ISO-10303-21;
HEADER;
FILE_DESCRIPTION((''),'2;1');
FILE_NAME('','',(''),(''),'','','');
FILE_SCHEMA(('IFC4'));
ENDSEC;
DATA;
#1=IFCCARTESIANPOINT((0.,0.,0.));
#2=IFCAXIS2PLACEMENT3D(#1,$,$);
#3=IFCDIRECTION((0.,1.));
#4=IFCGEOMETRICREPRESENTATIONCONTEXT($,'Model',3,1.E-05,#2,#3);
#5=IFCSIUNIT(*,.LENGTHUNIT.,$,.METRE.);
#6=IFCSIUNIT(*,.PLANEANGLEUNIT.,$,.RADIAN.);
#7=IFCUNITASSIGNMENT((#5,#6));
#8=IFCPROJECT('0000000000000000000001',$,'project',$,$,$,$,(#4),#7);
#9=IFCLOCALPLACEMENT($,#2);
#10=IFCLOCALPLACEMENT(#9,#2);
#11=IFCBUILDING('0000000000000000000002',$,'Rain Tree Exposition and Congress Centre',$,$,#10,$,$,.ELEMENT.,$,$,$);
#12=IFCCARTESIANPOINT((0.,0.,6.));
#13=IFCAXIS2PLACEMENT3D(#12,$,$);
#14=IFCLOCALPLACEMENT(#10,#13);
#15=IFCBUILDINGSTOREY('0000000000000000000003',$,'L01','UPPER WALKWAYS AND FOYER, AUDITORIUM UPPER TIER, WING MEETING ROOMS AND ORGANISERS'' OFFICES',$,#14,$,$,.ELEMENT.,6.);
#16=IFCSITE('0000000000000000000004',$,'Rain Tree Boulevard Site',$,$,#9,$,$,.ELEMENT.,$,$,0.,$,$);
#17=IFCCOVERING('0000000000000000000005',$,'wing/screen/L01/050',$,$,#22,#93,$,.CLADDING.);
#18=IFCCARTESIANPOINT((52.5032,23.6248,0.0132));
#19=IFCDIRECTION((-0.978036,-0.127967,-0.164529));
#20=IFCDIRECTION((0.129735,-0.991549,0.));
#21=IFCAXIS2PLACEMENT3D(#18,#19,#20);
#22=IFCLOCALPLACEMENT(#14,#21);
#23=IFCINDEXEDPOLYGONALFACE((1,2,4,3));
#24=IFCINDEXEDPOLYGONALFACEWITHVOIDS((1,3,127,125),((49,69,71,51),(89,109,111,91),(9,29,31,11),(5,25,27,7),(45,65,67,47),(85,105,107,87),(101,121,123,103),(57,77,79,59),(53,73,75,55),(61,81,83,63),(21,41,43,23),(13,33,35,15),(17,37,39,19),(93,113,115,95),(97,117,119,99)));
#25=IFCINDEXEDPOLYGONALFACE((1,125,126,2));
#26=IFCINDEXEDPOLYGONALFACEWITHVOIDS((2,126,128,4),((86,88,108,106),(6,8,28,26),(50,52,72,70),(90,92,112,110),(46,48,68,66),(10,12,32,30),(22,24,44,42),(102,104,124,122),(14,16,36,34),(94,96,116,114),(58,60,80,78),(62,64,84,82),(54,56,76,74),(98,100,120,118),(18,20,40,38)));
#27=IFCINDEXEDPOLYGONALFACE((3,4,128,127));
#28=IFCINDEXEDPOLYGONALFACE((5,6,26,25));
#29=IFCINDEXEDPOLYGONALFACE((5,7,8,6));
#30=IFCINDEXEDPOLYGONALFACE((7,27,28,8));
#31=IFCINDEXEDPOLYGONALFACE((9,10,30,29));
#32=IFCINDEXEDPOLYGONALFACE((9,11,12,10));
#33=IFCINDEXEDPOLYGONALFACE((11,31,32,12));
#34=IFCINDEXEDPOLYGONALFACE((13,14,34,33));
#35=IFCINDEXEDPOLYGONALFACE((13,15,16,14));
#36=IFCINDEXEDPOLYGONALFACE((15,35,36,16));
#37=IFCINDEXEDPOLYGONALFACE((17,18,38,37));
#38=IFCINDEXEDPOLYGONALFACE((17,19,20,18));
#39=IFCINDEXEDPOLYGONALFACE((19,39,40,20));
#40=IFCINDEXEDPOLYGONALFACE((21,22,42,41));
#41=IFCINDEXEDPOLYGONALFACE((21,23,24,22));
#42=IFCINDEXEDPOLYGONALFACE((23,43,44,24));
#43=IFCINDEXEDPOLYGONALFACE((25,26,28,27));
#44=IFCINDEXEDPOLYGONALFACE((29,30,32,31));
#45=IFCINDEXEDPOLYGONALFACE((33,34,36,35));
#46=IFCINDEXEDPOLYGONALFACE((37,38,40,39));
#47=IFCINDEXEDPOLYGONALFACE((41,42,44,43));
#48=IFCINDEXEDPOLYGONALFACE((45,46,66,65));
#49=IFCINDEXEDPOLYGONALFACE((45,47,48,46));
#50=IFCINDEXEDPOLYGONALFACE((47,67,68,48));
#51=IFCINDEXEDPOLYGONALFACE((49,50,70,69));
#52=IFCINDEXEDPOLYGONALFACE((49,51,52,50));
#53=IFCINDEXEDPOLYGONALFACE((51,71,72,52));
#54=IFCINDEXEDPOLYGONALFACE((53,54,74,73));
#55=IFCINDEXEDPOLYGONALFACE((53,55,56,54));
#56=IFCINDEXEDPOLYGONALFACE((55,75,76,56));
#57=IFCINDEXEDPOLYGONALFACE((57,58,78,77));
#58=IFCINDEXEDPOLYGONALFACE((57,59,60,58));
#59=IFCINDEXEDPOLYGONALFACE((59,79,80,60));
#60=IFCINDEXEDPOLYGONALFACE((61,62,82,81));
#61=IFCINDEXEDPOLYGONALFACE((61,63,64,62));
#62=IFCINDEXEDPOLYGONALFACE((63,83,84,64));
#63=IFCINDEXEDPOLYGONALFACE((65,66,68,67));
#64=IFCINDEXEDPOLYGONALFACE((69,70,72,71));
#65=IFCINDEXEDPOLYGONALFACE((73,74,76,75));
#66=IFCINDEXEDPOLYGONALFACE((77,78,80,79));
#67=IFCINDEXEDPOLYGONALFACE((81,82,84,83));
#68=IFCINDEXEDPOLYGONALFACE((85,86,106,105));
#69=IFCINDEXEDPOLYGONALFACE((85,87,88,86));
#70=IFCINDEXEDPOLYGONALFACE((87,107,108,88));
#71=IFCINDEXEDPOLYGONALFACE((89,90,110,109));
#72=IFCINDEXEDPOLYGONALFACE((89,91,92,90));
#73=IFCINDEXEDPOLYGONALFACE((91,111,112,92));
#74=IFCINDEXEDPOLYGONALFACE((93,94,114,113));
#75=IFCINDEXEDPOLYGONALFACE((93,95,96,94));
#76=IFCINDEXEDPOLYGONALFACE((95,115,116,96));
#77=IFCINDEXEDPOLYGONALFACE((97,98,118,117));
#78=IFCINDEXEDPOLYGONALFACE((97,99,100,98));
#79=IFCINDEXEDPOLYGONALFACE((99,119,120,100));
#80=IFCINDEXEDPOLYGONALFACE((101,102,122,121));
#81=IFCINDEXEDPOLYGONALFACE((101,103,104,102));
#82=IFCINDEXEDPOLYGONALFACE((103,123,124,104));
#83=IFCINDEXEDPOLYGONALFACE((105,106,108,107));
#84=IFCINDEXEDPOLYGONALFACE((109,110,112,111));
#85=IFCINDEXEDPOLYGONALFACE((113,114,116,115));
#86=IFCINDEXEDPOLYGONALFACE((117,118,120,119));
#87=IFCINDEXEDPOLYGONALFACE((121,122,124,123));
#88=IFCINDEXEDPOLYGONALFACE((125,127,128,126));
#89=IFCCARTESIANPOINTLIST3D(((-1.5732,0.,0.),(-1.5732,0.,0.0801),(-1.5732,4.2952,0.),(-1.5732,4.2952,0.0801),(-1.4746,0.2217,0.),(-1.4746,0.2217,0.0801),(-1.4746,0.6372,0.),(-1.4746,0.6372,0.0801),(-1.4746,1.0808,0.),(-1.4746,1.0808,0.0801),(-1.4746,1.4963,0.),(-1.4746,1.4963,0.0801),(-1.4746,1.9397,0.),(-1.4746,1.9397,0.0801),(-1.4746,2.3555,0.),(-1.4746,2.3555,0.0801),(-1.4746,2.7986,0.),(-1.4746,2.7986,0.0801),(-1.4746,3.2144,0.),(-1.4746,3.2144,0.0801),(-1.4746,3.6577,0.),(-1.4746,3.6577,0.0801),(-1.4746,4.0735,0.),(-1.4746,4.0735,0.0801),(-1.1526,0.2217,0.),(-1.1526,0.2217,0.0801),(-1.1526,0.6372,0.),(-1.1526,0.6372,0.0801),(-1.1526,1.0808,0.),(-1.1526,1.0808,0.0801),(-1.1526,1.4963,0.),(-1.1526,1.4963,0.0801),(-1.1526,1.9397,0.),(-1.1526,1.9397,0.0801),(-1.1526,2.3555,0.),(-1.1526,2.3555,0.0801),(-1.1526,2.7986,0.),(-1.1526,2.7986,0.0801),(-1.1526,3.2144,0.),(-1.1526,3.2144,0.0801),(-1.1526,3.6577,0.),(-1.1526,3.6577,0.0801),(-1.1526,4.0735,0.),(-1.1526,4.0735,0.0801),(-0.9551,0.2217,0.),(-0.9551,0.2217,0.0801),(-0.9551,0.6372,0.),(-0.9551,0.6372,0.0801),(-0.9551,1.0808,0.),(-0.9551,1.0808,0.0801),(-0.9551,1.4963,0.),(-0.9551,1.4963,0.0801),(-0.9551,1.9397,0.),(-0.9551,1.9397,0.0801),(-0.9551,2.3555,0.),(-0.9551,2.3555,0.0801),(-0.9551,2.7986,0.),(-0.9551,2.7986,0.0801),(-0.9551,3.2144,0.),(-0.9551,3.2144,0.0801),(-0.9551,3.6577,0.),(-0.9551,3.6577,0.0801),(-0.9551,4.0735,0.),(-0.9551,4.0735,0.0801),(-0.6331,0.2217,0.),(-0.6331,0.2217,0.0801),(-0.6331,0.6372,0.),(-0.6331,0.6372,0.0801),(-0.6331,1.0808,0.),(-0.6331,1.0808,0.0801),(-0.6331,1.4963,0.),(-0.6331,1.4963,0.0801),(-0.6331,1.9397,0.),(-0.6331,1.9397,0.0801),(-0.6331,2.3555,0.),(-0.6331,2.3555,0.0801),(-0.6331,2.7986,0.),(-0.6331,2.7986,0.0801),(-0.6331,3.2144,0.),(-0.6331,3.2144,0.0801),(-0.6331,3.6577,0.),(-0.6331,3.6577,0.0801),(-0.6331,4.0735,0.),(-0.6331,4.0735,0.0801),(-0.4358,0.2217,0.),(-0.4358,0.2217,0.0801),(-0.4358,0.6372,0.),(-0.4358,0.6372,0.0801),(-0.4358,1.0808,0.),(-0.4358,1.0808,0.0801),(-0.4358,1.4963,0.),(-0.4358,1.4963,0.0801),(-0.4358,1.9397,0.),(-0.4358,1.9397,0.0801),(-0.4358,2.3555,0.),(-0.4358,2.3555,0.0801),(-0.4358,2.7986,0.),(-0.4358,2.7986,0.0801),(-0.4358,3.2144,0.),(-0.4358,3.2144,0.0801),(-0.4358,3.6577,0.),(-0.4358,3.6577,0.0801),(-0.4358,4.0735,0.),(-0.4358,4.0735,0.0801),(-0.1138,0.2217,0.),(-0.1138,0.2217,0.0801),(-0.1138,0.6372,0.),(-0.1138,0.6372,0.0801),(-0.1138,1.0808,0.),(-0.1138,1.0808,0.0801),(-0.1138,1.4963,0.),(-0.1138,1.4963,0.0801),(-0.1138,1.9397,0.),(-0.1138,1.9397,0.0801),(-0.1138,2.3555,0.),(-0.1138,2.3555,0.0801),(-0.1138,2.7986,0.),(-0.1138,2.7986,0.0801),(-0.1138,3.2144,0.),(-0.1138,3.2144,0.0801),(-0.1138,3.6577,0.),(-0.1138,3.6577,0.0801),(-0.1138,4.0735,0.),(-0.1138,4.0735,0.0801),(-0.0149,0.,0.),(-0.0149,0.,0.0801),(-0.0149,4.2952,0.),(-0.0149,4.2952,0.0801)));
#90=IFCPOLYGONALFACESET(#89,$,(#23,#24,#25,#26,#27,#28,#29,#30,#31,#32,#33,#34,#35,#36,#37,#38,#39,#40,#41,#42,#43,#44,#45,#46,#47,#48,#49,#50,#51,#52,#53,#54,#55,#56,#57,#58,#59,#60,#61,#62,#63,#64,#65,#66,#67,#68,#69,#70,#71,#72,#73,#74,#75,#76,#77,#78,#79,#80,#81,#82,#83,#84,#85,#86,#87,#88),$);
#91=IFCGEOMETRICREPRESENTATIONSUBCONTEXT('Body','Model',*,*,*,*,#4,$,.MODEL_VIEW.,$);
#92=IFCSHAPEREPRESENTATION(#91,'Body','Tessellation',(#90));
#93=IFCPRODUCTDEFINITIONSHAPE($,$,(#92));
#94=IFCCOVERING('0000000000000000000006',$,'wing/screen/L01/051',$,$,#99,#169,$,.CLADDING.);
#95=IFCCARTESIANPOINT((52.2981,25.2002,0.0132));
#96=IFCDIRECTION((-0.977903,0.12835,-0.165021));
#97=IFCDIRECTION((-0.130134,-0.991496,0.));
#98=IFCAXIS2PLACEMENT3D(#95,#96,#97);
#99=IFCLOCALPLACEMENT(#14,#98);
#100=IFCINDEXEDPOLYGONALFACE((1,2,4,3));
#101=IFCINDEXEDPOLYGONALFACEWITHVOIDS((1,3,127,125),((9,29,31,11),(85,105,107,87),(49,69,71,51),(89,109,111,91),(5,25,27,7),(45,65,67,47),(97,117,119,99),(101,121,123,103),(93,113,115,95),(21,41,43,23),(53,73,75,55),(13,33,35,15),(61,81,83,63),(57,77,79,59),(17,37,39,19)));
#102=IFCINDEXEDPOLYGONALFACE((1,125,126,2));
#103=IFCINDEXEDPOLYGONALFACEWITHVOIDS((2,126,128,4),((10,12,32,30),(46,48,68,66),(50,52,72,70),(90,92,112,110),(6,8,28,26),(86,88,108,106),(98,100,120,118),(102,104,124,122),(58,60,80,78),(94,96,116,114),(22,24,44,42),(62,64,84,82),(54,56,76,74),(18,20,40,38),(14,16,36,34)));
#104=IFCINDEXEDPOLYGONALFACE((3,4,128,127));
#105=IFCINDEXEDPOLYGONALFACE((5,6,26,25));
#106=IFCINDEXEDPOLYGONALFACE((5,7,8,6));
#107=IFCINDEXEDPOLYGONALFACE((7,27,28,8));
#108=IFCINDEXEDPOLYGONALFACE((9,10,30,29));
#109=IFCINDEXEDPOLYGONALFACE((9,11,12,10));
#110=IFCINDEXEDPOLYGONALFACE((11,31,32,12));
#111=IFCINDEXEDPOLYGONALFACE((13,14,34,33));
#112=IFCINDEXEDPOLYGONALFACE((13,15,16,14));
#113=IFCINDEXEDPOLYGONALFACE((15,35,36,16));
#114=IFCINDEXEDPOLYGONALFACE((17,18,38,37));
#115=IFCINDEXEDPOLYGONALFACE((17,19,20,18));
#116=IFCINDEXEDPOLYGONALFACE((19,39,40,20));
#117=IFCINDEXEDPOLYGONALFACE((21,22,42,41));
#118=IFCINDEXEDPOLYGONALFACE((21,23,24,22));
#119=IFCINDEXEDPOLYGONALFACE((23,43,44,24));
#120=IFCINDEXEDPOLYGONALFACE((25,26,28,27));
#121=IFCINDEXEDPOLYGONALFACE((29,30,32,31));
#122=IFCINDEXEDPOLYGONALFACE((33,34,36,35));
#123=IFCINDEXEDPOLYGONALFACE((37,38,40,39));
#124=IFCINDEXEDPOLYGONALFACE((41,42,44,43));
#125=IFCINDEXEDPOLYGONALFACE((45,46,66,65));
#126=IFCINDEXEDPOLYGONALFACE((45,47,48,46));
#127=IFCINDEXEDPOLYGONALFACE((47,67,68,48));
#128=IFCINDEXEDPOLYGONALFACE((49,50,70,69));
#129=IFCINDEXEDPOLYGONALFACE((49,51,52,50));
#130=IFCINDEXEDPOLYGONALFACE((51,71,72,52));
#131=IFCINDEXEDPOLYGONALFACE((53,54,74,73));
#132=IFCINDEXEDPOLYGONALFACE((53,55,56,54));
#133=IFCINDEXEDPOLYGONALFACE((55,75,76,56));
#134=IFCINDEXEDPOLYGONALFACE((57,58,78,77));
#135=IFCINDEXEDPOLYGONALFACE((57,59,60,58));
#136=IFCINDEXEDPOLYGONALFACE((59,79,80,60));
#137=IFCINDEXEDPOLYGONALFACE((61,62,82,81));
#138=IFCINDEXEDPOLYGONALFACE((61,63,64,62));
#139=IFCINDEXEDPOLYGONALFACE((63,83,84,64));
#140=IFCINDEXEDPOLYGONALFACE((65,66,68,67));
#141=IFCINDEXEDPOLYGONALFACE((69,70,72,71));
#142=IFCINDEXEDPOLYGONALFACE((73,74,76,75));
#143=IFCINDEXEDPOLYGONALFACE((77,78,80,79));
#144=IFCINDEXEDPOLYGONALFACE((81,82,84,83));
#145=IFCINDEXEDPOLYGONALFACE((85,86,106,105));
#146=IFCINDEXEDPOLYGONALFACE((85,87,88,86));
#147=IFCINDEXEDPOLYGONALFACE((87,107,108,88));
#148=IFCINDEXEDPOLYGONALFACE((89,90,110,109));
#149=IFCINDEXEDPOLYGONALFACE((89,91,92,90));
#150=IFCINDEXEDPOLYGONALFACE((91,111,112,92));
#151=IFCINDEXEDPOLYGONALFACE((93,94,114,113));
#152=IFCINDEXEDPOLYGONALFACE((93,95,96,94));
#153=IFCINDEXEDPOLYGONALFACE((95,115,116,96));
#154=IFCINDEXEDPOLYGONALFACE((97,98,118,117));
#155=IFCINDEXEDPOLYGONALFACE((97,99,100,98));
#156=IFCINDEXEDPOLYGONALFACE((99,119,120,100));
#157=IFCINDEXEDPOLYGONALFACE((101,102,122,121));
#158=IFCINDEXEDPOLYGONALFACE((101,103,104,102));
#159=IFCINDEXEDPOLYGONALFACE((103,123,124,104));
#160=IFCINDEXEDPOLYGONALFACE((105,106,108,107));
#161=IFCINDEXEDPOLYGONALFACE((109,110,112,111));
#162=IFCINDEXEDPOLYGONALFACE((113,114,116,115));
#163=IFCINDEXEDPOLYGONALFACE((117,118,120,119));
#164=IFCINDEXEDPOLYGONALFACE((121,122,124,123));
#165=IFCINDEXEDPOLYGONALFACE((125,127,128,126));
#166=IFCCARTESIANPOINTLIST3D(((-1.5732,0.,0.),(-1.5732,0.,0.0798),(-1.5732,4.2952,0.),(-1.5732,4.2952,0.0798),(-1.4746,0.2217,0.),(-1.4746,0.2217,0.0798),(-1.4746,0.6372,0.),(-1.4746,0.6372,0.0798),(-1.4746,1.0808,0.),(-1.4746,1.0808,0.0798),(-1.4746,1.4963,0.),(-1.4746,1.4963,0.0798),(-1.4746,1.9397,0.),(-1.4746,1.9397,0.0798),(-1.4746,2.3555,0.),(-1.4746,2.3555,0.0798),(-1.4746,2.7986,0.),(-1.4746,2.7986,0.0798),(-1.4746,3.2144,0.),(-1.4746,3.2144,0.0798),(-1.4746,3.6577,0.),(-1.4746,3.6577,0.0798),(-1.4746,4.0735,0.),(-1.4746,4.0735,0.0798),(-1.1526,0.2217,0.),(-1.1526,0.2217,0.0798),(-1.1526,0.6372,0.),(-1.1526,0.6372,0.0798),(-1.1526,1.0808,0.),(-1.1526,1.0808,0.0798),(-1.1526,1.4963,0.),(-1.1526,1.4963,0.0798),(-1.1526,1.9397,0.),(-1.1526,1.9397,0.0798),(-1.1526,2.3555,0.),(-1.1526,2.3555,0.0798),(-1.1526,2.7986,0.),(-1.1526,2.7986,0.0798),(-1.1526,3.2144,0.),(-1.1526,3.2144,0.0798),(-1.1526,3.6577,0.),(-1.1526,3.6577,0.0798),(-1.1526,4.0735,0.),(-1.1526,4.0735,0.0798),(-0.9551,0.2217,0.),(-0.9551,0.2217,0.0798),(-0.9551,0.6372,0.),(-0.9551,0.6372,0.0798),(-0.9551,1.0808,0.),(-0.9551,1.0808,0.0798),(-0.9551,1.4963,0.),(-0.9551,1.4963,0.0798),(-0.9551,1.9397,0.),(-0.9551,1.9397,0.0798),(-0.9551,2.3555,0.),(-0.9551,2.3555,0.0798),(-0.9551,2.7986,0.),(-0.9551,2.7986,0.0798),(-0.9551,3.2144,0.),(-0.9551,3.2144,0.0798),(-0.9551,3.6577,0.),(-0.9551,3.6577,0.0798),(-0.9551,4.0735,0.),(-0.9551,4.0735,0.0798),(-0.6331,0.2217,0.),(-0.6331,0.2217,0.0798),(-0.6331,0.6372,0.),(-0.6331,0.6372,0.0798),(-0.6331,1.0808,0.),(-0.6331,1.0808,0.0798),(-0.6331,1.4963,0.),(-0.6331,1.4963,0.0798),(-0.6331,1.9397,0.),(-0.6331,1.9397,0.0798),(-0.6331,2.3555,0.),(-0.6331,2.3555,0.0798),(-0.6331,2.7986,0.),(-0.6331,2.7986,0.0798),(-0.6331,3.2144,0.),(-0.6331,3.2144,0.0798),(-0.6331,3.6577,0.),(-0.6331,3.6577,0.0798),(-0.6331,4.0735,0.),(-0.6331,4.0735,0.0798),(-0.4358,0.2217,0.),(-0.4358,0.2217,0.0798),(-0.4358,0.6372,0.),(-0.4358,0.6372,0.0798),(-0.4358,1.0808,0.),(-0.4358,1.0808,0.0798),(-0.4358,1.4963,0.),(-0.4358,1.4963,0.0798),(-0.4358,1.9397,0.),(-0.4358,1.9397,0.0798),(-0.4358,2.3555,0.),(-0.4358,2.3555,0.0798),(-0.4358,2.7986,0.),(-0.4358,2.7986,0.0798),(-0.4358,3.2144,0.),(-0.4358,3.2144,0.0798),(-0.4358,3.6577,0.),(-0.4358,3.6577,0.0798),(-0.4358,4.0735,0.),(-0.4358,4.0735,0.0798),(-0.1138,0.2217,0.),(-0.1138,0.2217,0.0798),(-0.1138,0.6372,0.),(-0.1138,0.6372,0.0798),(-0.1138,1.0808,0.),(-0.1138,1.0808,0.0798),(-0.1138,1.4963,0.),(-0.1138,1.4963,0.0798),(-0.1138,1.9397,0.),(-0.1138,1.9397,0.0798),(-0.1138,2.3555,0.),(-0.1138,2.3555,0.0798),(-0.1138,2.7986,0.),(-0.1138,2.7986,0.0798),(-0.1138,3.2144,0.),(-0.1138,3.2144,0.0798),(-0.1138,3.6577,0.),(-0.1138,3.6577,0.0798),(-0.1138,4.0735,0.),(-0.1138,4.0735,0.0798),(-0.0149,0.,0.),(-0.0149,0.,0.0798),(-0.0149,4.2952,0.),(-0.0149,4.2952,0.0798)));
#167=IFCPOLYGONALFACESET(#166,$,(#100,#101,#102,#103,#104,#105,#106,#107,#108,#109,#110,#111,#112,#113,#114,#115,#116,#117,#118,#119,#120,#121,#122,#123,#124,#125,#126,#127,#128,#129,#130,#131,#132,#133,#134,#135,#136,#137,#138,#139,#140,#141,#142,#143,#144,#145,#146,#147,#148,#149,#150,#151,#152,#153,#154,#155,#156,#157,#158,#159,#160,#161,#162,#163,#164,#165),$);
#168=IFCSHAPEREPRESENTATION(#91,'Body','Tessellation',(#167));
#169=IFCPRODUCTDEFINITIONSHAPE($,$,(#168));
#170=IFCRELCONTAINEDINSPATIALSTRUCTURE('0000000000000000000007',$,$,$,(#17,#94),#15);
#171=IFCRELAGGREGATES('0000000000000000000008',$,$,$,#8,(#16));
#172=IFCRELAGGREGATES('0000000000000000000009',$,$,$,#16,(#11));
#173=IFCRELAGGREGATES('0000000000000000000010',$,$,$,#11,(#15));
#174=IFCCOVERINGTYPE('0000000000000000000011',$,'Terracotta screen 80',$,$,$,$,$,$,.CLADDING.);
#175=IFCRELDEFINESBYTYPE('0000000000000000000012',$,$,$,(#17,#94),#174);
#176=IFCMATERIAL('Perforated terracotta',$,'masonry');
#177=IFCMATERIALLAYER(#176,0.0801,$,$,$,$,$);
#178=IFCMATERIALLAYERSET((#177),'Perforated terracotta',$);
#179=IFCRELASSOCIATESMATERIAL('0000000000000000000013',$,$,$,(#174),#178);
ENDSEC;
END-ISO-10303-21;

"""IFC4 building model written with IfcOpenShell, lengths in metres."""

from ifc_helpers import new_model, si_unit, direction, frame, origin, place, context, subcontext, project, spatial, polyline, outline, extrude, material, layer, layer_set, type_object, element, save


model = new_model("IFC4")

# Units and contexts
model_context = context("Model", 3, precision=1e-05, world=origin(), true_north=direction((0.0, 1.0)))
body_context = subcontext(model_context, "Body", "Model", "MODEL_VIEW")
ifc_project = project(units=[si_unit("LENGTHUNIT", "METRE"), si_unit("PLANEANGLEUNIT", "RADIAN")], contexts=[model_context])

# Site, building, storey
site_placement = place(None, origin())
site = spatial("IfcSite", under=ifc_project, at=site_placement, Name="Rain Tree Boulevard Site", CompositionType="ELEMENT", RefElevation=0.0)
building_placement = place(site_placement, origin())
building = spatial("IfcBuilding", under=site, at=building_placement, Name="Rain Tree Exposition and Congress Centre", CompositionType="ELEMENT")
storey_placement = place(building_placement, frame((0.0, 0.0, 6.0)))
storey = spatial("IfcBuildingStorey", under=building, at=storey_placement, Name="L01", Description="UPPER WALKWAYS AND FOYER, AUDITORIUM UPPER TIER, WING MEETING ROOMS AND ORGANISERS' OFFICES", CompositionType="ELEMENT", Elevation=6.0)

# Coverings
ifc_material_1 = material(Name="Perforated terracotta", Category="masonry")
ifc_layer = layer(ifc_material_1, 0.0801)
ifc_layer_set = layer_set([ifc_layer], Name="Perforated terracotta")
covering_type = type_object("IfcCoveringType", Name="Terracotta screen 80", PredefinedType="CLADDING", material=ifc_layer_set)
covering_1_placement = place(storey_placement, frame((52.5032, 23.6248, 0.0132), z_axis=(-0.978036, -0.127967, -0.164529), x_axis=(0.129735, -0.991549, 0.0)))
element("IfcCovering", 1, at=covering_1_placement, inside=storey, type_object=covering_type, Name="wing/screen/L01/050", PredefinedType="CLADDING", context=body_context, shape_type="SweptSolid", body=[
    extrude(outline(polyline([(-1.5732, 0.0), (-1.5732, 4.2952), (-0.0149, 4.2952), (-0.0149, 0.0), (-1.5732, 0.0)]), holes=[polyline([(-0.1138, 0.2217), (-0.1138, 0.6372), (-0.4358, 0.6372), (-0.4358, 0.2217), (-0.1138, 0.2217)]), polyline([(-0.1138, 1.0808), (-0.1138, 1.4963), (-0.4358, 1.4963), (-0.4358, 1.0808), (-0.1138, 1.0808)]), polyline([(-0.1138, 1.9397), (-0.1138, 2.3555), (-0.4358, 2.3555), (-0.4358, 1.9397), (-0.1138, 1.9397)]), polyline([(-0.1138, 2.7986), (-0.1138, 3.2144), (-0.4358, 3.2144), (-0.4358, 2.7986), (-0.1138, 2.7986)]), polyline([(-0.1138, 3.6577), (-0.1138, 4.0735), (-0.4358, 4.0735), (-0.4358, 3.6577), (-0.1138, 3.6577)]), polyline([(-0.6331, 0.2217), (-0.6331, 0.6372), (-0.9551, 0.6372), (-0.9551, 0.2217), (-0.6331, 0.2217)]), polyline([(-0.6331, 1.0808), (-0.6331, 1.4963), (-0.9551, 1.4963), (-0.9551, 1.0808), (-0.6331, 1.0808)]), polyline([(-0.6331, 1.9397), (-0.6331, 2.3555), (-0.9551, 2.3555), (-0.9551, 1.9397), (-0.6331, 1.9397)]), polyline([(-0.6331, 2.7986), (-0.6331, 3.2144), (-0.9551, 3.2144), (-0.9551, 2.7986), (-0.6331, 2.7986)]), polyline([(-0.6331, 3.6577), (-0.6331, 4.0735), (-0.9551, 4.0735), (-0.9551, 3.6577), (-0.6331, 3.6577)]), polyline([(-1.1526, 0.2217), (-1.1526, 0.6372), (-1.4746, 0.6372), (-1.4746, 0.2217), (-1.1526, 0.2217)]), polyline([(-1.1526, 1.0808), (-1.1526, 1.4963), (-1.4746, 1.4963), (-1.4746, 1.0808), (-1.1526, 1.0808)]), polyline([(-1.1526, 1.9397), (-1.1526, 2.3555), (-1.4746, 2.3555), (-1.4746, 1.9397), (-1.1526, 1.9397)]), polyline([(-1.1526, 2.7986), (-1.1526, 3.2144), (-1.4746, 3.2144), (-1.4746, 2.7986), (-1.1526, 2.7986)]), polyline([(-1.1526, 3.6577), (-1.1526, 4.0735), (-1.4746, 4.0735), (-1.4746, 3.6577), (-1.1526, 3.6577)])]), origin(), (0.0, 0.0, 1.0), 0.0801),
])
covering_2_placement = place(storey_placement, frame((52.2981, 25.2002, 0.0132), z_axis=(-0.977903, 0.12835, -0.165021), x_axis=(-0.130134, -0.991496, 0.0)))
element("IfcCovering", 2, at=covering_2_placement, inside=storey, type_object=covering_type, Name="wing/screen/L01/051", PredefinedType="CLADDING", context=body_context, shape_type="SweptSolid", body=[
    extrude(outline(polyline([(-1.5732, 0.0), (-1.5732, 4.2952), (-0.0149, 4.2952), (-0.0149, 0.0), (-1.5732, 0.0)]), holes=[polyline([(-0.1138, 0.2217), (-0.1138, 0.6372), (-0.4358, 0.6372), (-0.4358, 0.2217), (-0.1138, 0.2217)]), polyline([(-0.1138, 1.0808), (-0.1138, 1.4963), (-0.4358, 1.4963), (-0.4358, 1.0808), (-0.1138, 1.0808)]), polyline([(-0.1138, 1.9397), (-0.1138, 2.3555), (-0.4358, 2.3555), (-0.4358, 1.9397), (-0.1138, 1.9397)]), polyline([(-0.1138, 2.7986), (-0.1138, 3.2144), (-0.4358, 3.2144), (-0.4358, 2.7986), (-0.1138, 2.7986)]), polyline([(-0.1138, 3.6577), (-0.1138, 4.0735), (-0.4358, 4.0735), (-0.4358, 3.6577), (-0.1138, 3.6577)]), polyline([(-0.6331, 0.2217), (-0.6331, 0.6372), (-0.9551, 0.6372), (-0.9551, 0.2217), (-0.6331, 0.2217)]), polyline([(-0.6331, 1.0808), (-0.6331, 1.4963), (-0.9551, 1.4963), (-0.9551, 1.0808), (-0.6331, 1.0808)]), polyline([(-0.6331, 1.9397), (-0.6331, 2.3555), (-0.9551, 2.3555), (-0.9551, 1.9397), (-0.6331, 1.9397)]), polyline([(-0.6331, 2.7986), (-0.6331, 3.2144), (-0.9551, 3.2144), (-0.9551, 2.7986), (-0.6331, 2.7986)]), polyline([(-0.6331, 3.6577), (-0.6331, 4.0735), (-0.9551, 4.0735), (-0.9551, 3.6577), (-0.6331, 3.6577)]), polyline([(-1.1526, 0.2217), (-1.1526, 0.6372), (-1.4746, 0.6372), (-1.4746, 0.2217), (-1.1526, 0.2217)]), polyline([(-1.1526, 1.0808), (-1.1526, 1.4963), (-1.4746, 1.4963), (-1.4746, 1.0808), (-1.1526, 1.0808)]), polyline([(-1.1526, 1.9397), (-1.1526, 2.3555), (-1.4746, 2.3555), (-1.4746, 1.9397), (-1.1526, 1.9397)]), polyline([(-1.1526, 2.7986), (-1.1526, 3.2144), (-1.4746, 3.2144), (-1.4746, 2.7986), (-1.1526, 2.7986)]), polyline([(-1.1526, 3.6577), (-1.1526, 4.0735), (-1.4746, 4.0735), (-1.4746, 3.6577), (-1.1526, 3.6577)])]), origin(), (0.0, 0.0, 1.0), 0.0798),
])

save(model, "model.ifc")
